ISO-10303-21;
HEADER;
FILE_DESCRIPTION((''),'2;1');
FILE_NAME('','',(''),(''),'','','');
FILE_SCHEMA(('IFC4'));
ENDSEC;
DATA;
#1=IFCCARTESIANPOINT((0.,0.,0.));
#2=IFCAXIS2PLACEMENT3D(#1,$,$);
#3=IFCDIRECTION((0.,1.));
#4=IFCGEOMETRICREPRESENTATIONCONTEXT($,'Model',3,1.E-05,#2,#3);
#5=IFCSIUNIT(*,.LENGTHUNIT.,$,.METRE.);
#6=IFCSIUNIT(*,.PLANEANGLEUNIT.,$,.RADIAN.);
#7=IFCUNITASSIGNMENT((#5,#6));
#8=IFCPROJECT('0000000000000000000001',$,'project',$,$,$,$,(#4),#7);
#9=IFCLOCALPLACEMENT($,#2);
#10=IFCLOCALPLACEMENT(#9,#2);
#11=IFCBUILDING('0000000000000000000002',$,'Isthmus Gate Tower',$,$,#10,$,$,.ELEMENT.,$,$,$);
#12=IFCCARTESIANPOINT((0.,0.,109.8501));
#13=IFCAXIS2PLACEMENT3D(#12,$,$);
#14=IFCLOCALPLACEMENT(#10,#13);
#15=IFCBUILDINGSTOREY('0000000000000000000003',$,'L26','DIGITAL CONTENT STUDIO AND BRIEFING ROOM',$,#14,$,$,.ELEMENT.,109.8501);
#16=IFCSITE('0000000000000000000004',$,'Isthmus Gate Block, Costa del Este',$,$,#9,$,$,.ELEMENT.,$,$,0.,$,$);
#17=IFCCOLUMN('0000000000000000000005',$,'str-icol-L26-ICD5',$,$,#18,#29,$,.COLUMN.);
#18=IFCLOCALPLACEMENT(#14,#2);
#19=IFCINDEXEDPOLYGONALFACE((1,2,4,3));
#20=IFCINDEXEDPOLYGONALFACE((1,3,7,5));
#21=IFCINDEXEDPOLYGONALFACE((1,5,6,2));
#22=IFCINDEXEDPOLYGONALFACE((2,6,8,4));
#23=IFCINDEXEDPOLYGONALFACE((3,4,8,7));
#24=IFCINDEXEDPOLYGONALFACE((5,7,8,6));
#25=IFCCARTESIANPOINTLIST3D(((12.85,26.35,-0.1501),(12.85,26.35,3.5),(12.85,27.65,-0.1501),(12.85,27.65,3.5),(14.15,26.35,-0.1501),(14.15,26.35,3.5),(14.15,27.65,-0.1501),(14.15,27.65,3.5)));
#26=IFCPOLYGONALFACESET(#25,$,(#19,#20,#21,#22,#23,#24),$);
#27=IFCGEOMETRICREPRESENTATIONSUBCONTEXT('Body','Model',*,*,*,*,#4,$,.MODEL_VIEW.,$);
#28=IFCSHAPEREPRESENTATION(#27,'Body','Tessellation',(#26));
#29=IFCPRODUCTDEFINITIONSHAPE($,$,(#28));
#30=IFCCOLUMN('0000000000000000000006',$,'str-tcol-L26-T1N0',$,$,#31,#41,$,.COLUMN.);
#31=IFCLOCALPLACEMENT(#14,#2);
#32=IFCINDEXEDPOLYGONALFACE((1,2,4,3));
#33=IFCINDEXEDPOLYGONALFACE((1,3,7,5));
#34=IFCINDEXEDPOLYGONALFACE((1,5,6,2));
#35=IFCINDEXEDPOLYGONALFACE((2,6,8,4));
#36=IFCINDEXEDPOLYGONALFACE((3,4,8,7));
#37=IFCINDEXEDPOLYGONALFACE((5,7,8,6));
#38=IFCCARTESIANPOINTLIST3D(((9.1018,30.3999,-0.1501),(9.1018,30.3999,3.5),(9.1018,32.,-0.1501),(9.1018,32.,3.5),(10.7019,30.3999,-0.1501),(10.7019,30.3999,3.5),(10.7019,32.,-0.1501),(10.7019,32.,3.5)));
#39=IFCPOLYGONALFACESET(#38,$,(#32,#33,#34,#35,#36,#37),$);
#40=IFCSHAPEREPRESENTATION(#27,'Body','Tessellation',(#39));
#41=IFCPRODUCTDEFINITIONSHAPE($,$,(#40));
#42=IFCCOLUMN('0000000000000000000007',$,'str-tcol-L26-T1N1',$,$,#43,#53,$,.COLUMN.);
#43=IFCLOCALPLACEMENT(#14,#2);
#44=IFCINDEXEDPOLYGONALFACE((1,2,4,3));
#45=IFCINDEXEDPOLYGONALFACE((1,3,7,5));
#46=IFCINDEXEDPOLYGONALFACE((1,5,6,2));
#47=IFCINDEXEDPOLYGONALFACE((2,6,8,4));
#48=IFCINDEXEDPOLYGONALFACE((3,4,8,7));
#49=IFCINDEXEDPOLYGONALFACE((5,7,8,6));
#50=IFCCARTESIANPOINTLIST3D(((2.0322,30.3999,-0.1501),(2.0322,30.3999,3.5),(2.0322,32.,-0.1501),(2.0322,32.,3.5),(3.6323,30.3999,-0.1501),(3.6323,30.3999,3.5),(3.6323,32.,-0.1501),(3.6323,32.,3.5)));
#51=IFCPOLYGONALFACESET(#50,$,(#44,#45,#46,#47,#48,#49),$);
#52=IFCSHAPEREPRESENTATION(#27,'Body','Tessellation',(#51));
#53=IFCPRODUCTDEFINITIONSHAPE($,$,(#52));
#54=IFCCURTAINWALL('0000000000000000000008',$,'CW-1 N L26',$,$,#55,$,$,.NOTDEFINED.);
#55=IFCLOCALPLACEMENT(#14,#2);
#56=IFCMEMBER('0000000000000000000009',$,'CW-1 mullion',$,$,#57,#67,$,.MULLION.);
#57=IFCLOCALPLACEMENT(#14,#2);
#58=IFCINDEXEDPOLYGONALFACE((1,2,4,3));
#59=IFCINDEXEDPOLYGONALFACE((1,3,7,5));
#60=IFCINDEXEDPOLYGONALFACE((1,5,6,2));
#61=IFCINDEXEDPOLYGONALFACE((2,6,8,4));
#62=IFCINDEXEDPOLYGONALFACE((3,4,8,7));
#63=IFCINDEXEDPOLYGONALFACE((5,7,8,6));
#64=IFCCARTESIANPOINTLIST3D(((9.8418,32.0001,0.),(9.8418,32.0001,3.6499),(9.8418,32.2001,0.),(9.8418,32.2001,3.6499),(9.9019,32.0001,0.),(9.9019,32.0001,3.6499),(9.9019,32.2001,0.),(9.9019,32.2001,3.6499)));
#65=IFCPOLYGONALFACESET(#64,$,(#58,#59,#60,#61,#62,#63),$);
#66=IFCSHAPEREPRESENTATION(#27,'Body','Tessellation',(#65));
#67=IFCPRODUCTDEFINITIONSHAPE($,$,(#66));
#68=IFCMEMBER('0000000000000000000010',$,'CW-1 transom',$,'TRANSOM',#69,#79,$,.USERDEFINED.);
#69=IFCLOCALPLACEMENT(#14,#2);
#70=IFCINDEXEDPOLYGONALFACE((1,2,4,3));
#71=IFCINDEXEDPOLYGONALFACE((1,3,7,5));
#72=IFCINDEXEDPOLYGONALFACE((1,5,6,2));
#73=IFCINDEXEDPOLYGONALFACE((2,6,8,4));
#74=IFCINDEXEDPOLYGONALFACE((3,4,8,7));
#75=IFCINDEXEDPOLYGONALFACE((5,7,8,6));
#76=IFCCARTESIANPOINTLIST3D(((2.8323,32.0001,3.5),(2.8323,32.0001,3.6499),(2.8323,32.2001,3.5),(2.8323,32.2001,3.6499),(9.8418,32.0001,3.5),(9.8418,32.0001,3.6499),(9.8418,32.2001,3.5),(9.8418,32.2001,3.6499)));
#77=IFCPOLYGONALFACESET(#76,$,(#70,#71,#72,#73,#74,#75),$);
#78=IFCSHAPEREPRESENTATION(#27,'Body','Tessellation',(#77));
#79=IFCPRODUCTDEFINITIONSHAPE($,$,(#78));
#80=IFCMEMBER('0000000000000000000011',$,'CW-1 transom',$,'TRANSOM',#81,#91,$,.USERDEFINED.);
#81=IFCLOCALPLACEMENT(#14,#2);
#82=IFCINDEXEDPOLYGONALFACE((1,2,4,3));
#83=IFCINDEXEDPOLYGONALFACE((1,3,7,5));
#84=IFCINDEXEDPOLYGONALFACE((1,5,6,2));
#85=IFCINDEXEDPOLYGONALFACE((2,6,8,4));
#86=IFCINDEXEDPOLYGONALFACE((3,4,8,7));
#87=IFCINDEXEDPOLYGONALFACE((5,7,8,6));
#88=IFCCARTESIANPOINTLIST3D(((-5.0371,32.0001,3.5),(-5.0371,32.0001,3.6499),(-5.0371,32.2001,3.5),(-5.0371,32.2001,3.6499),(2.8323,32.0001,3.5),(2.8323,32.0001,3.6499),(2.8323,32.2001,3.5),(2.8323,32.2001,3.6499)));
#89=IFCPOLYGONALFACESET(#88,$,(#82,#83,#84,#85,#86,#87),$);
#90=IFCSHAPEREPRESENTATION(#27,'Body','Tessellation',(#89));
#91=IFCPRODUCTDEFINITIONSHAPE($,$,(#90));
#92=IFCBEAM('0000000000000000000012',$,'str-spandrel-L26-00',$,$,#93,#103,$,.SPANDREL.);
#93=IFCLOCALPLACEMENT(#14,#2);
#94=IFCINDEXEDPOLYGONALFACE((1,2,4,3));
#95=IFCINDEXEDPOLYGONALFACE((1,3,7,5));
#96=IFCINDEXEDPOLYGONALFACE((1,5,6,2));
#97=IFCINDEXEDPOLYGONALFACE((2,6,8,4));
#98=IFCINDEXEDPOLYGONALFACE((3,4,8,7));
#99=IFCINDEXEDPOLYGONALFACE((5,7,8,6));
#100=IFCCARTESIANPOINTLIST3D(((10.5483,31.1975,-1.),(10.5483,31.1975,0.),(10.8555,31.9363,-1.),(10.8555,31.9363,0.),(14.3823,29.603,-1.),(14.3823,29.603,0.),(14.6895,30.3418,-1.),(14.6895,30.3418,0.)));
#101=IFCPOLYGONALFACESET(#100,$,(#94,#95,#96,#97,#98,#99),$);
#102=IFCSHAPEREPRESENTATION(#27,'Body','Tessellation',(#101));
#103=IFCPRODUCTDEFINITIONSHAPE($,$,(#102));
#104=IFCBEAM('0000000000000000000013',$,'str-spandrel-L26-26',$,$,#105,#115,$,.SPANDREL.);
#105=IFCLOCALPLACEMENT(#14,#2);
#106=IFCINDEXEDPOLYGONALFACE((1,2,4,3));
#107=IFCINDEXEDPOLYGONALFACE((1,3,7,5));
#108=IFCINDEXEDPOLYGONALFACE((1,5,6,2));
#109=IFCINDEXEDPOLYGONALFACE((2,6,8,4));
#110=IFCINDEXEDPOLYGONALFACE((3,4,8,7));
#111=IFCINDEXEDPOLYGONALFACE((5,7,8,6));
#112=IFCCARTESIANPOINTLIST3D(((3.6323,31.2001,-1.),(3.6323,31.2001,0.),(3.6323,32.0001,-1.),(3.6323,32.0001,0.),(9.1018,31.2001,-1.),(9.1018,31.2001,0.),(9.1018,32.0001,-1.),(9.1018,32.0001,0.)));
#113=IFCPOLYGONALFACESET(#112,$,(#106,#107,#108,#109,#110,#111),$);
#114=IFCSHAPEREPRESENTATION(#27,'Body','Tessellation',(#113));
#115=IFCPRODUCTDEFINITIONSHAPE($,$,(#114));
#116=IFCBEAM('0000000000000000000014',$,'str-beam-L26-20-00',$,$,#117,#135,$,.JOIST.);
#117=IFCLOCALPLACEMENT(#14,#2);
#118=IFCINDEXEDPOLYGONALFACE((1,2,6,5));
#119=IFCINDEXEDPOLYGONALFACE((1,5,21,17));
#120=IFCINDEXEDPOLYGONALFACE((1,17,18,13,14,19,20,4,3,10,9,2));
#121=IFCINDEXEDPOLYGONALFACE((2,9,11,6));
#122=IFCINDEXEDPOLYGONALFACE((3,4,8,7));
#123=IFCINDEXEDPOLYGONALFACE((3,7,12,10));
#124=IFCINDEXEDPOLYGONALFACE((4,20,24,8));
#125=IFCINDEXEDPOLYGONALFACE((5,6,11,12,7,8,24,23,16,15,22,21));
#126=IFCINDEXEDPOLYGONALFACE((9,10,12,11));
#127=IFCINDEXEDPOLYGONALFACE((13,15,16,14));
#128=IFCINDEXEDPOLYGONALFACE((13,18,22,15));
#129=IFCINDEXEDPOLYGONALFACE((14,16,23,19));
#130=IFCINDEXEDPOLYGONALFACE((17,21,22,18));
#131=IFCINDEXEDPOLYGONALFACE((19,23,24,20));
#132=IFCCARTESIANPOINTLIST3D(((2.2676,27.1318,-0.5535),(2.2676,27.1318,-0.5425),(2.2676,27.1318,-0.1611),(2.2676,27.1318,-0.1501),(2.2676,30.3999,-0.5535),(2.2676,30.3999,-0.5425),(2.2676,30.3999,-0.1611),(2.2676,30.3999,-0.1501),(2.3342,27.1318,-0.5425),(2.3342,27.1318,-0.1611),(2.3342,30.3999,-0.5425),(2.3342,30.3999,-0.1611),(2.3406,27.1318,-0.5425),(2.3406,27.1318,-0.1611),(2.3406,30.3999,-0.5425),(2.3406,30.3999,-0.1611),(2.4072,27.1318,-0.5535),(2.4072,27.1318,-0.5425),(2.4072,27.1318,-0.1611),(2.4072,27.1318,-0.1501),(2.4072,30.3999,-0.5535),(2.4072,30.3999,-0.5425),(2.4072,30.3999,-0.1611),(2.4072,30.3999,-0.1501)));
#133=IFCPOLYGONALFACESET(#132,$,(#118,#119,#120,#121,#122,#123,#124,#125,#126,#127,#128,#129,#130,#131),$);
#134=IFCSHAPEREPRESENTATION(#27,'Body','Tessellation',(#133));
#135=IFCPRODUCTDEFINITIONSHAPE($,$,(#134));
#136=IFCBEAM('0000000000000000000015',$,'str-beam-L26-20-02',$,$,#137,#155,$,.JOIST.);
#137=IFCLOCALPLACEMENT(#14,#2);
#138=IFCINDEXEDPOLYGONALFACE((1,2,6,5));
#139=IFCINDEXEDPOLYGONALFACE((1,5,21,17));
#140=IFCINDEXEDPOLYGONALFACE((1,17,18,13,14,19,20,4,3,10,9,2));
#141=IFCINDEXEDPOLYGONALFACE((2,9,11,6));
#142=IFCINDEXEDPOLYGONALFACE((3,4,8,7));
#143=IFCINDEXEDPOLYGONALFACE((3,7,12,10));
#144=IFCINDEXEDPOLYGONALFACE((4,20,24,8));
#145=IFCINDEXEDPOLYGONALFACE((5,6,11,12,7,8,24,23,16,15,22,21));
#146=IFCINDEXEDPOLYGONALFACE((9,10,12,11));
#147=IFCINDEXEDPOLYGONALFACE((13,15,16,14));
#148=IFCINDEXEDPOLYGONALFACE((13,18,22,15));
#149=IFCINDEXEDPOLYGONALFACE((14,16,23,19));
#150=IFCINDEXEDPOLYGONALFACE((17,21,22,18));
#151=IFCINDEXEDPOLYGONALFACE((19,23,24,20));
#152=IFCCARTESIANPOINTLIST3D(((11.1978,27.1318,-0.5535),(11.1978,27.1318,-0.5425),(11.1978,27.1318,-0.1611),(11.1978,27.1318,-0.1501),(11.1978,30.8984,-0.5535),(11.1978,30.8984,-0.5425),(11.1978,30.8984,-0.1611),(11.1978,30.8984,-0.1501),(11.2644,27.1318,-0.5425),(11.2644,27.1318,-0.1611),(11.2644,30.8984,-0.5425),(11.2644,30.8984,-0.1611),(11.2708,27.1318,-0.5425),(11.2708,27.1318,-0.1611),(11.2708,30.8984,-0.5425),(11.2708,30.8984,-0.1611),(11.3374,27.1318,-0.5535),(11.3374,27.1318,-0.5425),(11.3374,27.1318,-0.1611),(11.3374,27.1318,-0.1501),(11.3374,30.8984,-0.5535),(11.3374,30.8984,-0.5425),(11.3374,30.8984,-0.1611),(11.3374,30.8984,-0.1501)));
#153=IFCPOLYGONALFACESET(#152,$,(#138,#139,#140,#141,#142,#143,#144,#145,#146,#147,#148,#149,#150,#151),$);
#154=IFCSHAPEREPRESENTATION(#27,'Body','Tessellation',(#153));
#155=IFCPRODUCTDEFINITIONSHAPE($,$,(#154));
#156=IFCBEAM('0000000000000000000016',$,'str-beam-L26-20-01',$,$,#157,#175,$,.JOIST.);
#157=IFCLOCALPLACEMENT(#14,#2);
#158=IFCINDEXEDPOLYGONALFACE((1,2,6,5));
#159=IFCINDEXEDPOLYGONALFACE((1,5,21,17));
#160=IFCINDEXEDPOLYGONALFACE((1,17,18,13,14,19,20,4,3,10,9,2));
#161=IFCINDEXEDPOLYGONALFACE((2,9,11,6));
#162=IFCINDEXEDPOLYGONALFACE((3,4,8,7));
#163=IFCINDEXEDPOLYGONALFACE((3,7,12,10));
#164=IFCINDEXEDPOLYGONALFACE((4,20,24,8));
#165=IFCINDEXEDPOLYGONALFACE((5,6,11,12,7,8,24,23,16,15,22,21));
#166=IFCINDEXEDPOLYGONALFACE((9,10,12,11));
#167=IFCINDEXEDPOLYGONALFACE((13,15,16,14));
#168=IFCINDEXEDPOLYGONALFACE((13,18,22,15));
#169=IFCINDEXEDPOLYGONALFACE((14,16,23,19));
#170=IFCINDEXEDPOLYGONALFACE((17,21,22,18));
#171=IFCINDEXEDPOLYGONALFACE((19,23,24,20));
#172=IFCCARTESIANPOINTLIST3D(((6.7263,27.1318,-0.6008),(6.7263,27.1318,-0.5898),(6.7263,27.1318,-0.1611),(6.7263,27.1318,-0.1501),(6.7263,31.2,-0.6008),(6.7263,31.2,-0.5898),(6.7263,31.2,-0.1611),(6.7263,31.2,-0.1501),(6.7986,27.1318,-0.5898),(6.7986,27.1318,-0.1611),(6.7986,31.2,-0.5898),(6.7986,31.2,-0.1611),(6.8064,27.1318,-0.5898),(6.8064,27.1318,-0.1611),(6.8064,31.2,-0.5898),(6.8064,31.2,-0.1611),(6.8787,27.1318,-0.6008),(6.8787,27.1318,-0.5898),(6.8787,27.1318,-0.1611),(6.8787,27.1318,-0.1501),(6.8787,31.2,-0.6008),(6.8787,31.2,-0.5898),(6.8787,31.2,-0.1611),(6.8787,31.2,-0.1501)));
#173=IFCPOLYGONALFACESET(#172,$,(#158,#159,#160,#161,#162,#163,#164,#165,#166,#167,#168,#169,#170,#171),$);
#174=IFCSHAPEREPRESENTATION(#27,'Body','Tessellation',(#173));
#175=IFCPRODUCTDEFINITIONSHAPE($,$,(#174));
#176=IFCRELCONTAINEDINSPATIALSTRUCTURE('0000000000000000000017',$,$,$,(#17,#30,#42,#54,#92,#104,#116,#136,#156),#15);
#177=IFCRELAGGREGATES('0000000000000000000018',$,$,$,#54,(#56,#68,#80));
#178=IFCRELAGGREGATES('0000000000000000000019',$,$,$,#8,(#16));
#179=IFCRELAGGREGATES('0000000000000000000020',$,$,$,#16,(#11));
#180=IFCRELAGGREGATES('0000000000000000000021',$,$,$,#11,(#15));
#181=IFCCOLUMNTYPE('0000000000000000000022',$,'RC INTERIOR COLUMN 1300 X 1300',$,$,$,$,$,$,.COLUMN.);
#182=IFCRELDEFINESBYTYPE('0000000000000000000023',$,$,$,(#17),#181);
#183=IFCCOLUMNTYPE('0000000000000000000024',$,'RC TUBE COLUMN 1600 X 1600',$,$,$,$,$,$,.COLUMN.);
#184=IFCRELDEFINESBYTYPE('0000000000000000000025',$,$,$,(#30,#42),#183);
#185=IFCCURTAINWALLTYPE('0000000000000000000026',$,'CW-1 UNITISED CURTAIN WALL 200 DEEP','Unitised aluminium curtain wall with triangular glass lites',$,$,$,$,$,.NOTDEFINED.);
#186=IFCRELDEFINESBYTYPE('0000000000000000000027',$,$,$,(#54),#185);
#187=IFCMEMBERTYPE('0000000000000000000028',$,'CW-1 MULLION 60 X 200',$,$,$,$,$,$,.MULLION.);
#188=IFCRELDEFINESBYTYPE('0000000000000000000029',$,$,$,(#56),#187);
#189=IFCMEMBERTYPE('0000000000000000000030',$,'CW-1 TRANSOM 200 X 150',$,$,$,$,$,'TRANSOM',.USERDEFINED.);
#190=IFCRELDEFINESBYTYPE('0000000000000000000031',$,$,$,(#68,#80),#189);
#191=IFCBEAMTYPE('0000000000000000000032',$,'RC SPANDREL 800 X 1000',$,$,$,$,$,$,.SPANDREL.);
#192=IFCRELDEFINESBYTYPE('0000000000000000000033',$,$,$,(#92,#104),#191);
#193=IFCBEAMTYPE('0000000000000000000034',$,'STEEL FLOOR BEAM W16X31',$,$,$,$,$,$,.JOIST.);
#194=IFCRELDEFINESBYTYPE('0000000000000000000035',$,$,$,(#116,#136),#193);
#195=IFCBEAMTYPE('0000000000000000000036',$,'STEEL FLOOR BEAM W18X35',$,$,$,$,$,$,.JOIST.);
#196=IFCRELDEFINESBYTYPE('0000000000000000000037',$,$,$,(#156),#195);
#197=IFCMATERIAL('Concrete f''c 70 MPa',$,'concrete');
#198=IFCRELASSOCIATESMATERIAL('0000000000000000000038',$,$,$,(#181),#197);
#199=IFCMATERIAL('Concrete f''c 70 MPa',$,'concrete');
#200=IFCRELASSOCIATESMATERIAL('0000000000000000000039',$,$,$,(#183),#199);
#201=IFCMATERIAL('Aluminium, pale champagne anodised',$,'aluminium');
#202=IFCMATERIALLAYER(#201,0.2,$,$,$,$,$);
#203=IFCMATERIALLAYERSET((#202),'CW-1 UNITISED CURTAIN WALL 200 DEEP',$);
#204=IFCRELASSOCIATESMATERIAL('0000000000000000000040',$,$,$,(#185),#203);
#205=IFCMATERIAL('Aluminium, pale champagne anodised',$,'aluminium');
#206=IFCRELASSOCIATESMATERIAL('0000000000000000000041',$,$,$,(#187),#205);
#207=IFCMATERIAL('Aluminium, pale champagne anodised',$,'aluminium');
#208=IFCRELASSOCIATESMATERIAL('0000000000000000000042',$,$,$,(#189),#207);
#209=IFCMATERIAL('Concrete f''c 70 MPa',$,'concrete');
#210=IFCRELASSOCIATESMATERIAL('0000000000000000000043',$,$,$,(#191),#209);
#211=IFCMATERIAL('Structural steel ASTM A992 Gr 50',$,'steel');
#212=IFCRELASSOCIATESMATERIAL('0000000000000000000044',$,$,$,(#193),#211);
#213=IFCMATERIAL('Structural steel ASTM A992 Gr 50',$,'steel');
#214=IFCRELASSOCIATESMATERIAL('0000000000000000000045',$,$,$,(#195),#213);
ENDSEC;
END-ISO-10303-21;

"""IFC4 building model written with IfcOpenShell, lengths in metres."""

from ifc_helpers import new_model, si_unit, direction, frame, origin, origin_2d, place, context, subcontext, project, spatial, rectangle, i_section, extrude, material, layer, layer_set, material_profile, profile_set, type_object, element, aggregate, save


model = new_model("IFC4")

# Units and contexts
model_context = context("Model", 3, precision=1e-05, world=origin(), true_north=direction((0.0, 1.0)))
body_context = subcontext(model_context, "Body", "Model", "MODEL_VIEW")
ifc_project = project(units=[si_unit("LENGTHUNIT", "METRE"), si_unit("PLANEANGLEUNIT", "RADIAN")], contexts=[model_context])

# Site, building, storey
site_placement = place(None, origin())
site = spatial("IfcSite", under=ifc_project, at=site_placement, Name="Isthmus Gate Block, Costa del Este", CompositionType="ELEMENT", RefElevation=0.0)
building_placement = place(site_placement, origin())
building = spatial("IfcBuilding", under=site, at=building_placement, Name="Isthmus Gate Tower", CompositionType="ELEMENT")
storey_placement = place(building_placement, frame((0.0, 0.0, 109.8501)))
storey = spatial("IfcBuildingStorey", under=building, at=storey_placement, Name="L26", Description="DIGITAL CONTENT STUDIO AND BRIEFING ROOM", CompositionType="ELEMENT", Elevation=109.8501)

# Columns
ifc_material_1 = material(Name="Concrete f'c 70 MPa", Category="concrete")
ifc_material_profile_1 = material_profile(ifc_material_1, rectangle(XDim=1.3, YDim=1.3, at=origin_2d()), Name="RC 1300X1300")
ifc_profile_set_1 = profile_set([ifc_material_profile_1], Name="Concrete f'c 70 MPa")
column_type_1 = type_object("IfcColumnType", Name="RC INTERIOR COLUMN 1300 X 1300", PredefinedType="COLUMN", material=ifc_profile_set_1)
column_placement = place(storey_placement, frame((13.5, 27.0, -0.1501), z_axis=(0.0, 0.0, 1.0), x_axis=(1.0, 0.0, 0.0)))
element("IfcColumn", 1, at=column_placement, inside=storey, type_object=column_type_1, Name="str-icol-L26-ICD5", PredefinedType="COLUMN", context=body_context, shape_type="SweptSolid", body=[
    extrude(rectangle(XDim=1.3, YDim=1.3, at=origin_2d()), origin(), (0.0, 0.0, 1.0), 3.6501),
])
ifc_material_2 = material(Name="Concrete f'c 70 MPa", Category="concrete")
ifc_material_profile_2 = material_profile(ifc_material_2, rectangle(XDim=1.6001, YDim=1.6001, at=origin_2d()), Name="RC 1600X1600")
ifc_profile_set_2 = profile_set([ifc_material_profile_2], Name="Concrete f'c 70 MPa")
column_type_2 = type_object("IfcColumnType", Name="RC TUBE COLUMN 1600 X 1600", PredefinedType="COLUMN", material=ifc_profile_set_2)
for number, where, z_axis, x_axis, name in (
    (2, (9.9019, 31.2, -0.1501), (0.0, 0.0, 1.0), (-1.0, 0.0, 0.0), "str-tcol-L26-T1N0"),
    (3, (2.8323, 31.2, -0.1501), (0.0, 0.0, 1.0), (-1.0, 0.0, 0.0), "str-tcol-L26-T1N1"),
):
    element("IfcColumn", number, at=place(storey_placement, frame(where, z_axis=z_axis, x_axis=x_axis)), inside=storey, type_object=column_type_2, Name=name, PredefinedType="COLUMN", context=body_context, shape_type="SweptSolid", body=[
        extrude(rectangle(XDim=1.6001, YDim=1.6001, at=origin_2d()), origin(), (0.0, 0.0, 1.0), 3.6501),
    ])

# Curtain wall, members
ifc_material_3 = material(Name="Aluminium, pale champagne anodised", Category="aluminium")
ifc_layer_1 = layer(ifc_material_3, 0.2)
ifc_layer_set_1 = layer_set([ifc_layer_1], Name="CW-1 UNITISED CURTAIN WALL 200 DEEP")
curtain_wall_type = type_object("IfcCurtainWallType", Name="CW-1 UNITISED CURTAIN WALL 200 DEEP", Description="Unitised aluminium curtain wall with triangular glass lites", PredefinedType="NOTDEFINED", material=ifc_layer_set_1)
curtain_wall_1_placement = place(storey_placement, origin())
curtain_wall_1 = element("IfcCurtainWall", 4, at=curtain_wall_1_placement, inside=storey, type_object=curtain_wall_type, Name="CW-1 N L26", PredefinedType="NOTDEFINED")
ifc_material_4 = material(Name="Aluminium, pale champagne anodised", Category="aluminium")
ifc_material_profile_3 = material_profile(ifc_material_4, rectangle(XDim=0.0601, YDim=0.2, at=origin_2d()), Name="60x200")
ifc_profile_set_3 = profile_set([ifc_material_profile_3], Name="Aluminium, pale champagne anodised")
member_type_1 = type_object("IfcMemberType", Name="CW-1 MULLION 60 X 200", PredefinedType="MULLION", material=ifc_profile_set_3)
member_1_placement = place(storey_placement, frame((9.8718, 32.1001, 0.0), z_axis=(0.0, 0.0, 1.0), x_axis=(-1.0, 0.0, 0.0)))
member_1 = element("IfcMember", 5, at=member_1_placement, type_object=member_type_1, Name="CW-1 mullion", PredefinedType="MULLION", context=body_context, shape_type="SweptSolid", body=[
    extrude(rectangle(XDim=0.0601, YDim=0.2, at=origin_2d()), origin(), (0.0, 0.0, 1.0), 3.6499),
])
ifc_material_5 = material(Name="Aluminium, pale champagne anodised", Category="aluminium")
ifc_material_profile_4 = material_profile(ifc_material_5, rectangle(XDim=0.2, YDim=0.1499, at=origin_2d()), Name="200x150")
ifc_profile_set_4 = profile_set([ifc_material_profile_4], Name="Aluminium, pale champagne anodised")
member_type_2 = type_object("IfcMemberType", Name="CW-1 TRANSOM 200 X 150", ElementType="TRANSOM", PredefinedType="USERDEFINED", material=ifc_profile_set_4)
member_2_placement = place(storey_placement, frame((9.8418, 32.1001, 3.575), z_axis=(-1.0, 0.0, 0.0), x_axis=(0.0, -1.0, 0.0)))
member_2 = element("IfcMember", 6, at=member_2_placement, type_object=member_type_2, Name="CW-1 transom", ObjectType="TRANSOM", PredefinedType="USERDEFINED", context=body_context, shape_type="SweptSolid", body=[
    extrude(rectangle(XDim=0.2, YDim=0.1499, at=origin_2d()), origin(), (0.0, 0.0, 1.0), 7.0095),
])
member_3_placement = place(storey_placement, frame((2.8323, 32.1001, 3.575), z_axis=(-1.0, 0.0, 0.0), x_axis=(0.0, -1.0, 0.0)))
member_3 = element("IfcMember", 7, at=member_3_placement, type_object=member_type_2, Name="CW-1 transom", ObjectType="TRANSOM", PredefinedType="USERDEFINED", context=body_context, shape_type="SweptSolid", body=[
    extrude(rectangle(XDim=0.2, YDim=0.1499, at=origin_2d()), origin(), (0.0, 0.0, 1.0), 7.8694),
])

# Beams
ifc_material_6 = material(Name="Concrete f'c 70 MPa", Category="concrete")
ifc_material_profile_5 = material_profile(ifc_material_6, rectangle(XDim=0.8, YDim=1.0, at=origin_2d()), Name="RC 800X1000")
ifc_profile_set_5 = profile_set([ifc_material_profile_5], Name="Concrete f'c 70 MPa")
beam_type_1 = type_object("IfcBeamType", Name="RC SPANDREL 800 X 1000", PredefinedType="SPANDREL", material=ifc_profile_set_5)
beam_1_placement = place(storey_placement, frame((10.7019, 31.5669, -0.5), z_axis=(0.923334, -0.383997, 0.0), x_axis=(0.383997, 0.923334, 0.0)))
element("IfcBeam", 8, at=beam_1_placement, inside=storey, type_object=beam_type_1, Name="str-spandrel-L26-00", PredefinedType="SPANDREL", context=body_context, shape_type="SweptSolid", body=[
    extrude(rectangle(XDim=0.8, YDim=1.0, at=origin_2d()), origin(), (0.0, 0.0, 1.0), 4.1523),
])
beam_2_placement = place(storey_placement, frame((3.6323, 31.6001, -0.5), z_axis=(1.0, 0.0, 0.0), x_axis=(0.0, 1.0, 0.0)))
element("IfcBeam", 9, at=beam_2_placement, inside=storey, type_object=beam_type_1, Name="str-spandrel-L26-26", PredefinedType="SPANDREL", context=body_context, shape_type="SweptSolid", body=[
    extrude(rectangle(XDim=0.8, YDim=1.0, at=origin_2d()), origin(), (0.0, 0.0, 1.0), 5.4695),
])
ifc_material_7 = material(Name="Structural steel ASTM A992 Gr 50", Category="steel")
ifc_material_profile_6 = material_profile(ifc_material_7, i_section(OverallWidth=0.1396, OverallDepth=0.4033, WebThickness=0.0063, FlangeThickness=0.011, at=origin_2d()), Name="W16X31")
ifc_profile_set_6 = profile_set([ifc_material_profile_6], Name="Structural steel ASTM A992 Gr 50")
beam_type_2 = type_object("IfcBeamType", Name="STEEL FLOOR BEAM W16X31", PredefinedType="JOIST", material=ifc_profile_set_6)
beam_3_placement = place(storey_placement, frame((2.3374, 27.1318, -0.3518), z_axis=(0.0, 1.0, 0.0), x_axis=(-1.0, 0.0, 0.0)))
element("IfcBeam", 10, at=beam_3_placement, inside=storey, type_object=beam_type_2, Name="str-beam-L26-20-00", PredefinedType="JOIST", context=body_context, shape_type="SweptSolid", body=[
    extrude(i_section(OverallWidth=0.1396, OverallDepth=0.4033, WebThickness=0.0063, FlangeThickness=0.011, at=origin_2d()), origin(), (0.0, 0.0, 1.0), 3.2681),
])
beam_4_placement = place(storey_placement, frame((11.2676, 27.1318, -0.3518), z_axis=(0.0, 1.0, 0.0), x_axis=(-1.0, 0.0, 0.0)))
element("IfcBeam", 11, at=beam_4_placement, inside=storey, type_object=beam_type_2, Name="str-beam-L26-20-02", PredefinedType="JOIST", context=body_context, shape_type="SweptSolid", body=[
    extrude(i_section(OverallWidth=0.1396, OverallDepth=0.4033, WebThickness=0.0063, FlangeThickness=0.011, at=origin_2d()), origin(), (0.0, 0.0, 1.0), 3.7666),
])
ifc_material_8 = material(Name="Structural steel ASTM A992 Gr 50", Category="steel")
ifc_material_profile_7 = material_profile(ifc_material_8, i_section(OverallWidth=0.1523, OverallDepth=0.4507, WebThickness=0.0078, FlangeThickness=0.011, at=origin_2d()), Name="W18X35")
ifc_profile_set_7 = profile_set([ifc_material_profile_7], Name="Structural steel ASTM A992 Gr 50")
beam_type_3 = type_object("IfcBeamType", Name="STEEL FLOOR BEAM W18X35", PredefinedType="JOIST", material=ifc_profile_set_7)
beam_5_placement = place(storey_placement, frame((6.8025, 27.1318, -0.3755), z_axis=(0.0, 1.0, 0.0), x_axis=(-1.0, 0.0, 0.0)))
element("IfcBeam", 12, at=beam_5_placement, inside=storey, type_object=beam_type_3, Name="str-beam-L26-20-01", PredefinedType="JOIST", context=body_context, shape_type="SweptSolid", body=[
    extrude(i_section(OverallWidth=0.1523, OverallDepth=0.4507, WebThickness=0.0078, FlangeThickness=0.011, at=origin_2d()), origin(), (0.0, 0.0, 1.0), 4.0681),
])

aggregate(curtain_wall_1, [member_1, member_2, member_3])

save(model, "model.ifc")
